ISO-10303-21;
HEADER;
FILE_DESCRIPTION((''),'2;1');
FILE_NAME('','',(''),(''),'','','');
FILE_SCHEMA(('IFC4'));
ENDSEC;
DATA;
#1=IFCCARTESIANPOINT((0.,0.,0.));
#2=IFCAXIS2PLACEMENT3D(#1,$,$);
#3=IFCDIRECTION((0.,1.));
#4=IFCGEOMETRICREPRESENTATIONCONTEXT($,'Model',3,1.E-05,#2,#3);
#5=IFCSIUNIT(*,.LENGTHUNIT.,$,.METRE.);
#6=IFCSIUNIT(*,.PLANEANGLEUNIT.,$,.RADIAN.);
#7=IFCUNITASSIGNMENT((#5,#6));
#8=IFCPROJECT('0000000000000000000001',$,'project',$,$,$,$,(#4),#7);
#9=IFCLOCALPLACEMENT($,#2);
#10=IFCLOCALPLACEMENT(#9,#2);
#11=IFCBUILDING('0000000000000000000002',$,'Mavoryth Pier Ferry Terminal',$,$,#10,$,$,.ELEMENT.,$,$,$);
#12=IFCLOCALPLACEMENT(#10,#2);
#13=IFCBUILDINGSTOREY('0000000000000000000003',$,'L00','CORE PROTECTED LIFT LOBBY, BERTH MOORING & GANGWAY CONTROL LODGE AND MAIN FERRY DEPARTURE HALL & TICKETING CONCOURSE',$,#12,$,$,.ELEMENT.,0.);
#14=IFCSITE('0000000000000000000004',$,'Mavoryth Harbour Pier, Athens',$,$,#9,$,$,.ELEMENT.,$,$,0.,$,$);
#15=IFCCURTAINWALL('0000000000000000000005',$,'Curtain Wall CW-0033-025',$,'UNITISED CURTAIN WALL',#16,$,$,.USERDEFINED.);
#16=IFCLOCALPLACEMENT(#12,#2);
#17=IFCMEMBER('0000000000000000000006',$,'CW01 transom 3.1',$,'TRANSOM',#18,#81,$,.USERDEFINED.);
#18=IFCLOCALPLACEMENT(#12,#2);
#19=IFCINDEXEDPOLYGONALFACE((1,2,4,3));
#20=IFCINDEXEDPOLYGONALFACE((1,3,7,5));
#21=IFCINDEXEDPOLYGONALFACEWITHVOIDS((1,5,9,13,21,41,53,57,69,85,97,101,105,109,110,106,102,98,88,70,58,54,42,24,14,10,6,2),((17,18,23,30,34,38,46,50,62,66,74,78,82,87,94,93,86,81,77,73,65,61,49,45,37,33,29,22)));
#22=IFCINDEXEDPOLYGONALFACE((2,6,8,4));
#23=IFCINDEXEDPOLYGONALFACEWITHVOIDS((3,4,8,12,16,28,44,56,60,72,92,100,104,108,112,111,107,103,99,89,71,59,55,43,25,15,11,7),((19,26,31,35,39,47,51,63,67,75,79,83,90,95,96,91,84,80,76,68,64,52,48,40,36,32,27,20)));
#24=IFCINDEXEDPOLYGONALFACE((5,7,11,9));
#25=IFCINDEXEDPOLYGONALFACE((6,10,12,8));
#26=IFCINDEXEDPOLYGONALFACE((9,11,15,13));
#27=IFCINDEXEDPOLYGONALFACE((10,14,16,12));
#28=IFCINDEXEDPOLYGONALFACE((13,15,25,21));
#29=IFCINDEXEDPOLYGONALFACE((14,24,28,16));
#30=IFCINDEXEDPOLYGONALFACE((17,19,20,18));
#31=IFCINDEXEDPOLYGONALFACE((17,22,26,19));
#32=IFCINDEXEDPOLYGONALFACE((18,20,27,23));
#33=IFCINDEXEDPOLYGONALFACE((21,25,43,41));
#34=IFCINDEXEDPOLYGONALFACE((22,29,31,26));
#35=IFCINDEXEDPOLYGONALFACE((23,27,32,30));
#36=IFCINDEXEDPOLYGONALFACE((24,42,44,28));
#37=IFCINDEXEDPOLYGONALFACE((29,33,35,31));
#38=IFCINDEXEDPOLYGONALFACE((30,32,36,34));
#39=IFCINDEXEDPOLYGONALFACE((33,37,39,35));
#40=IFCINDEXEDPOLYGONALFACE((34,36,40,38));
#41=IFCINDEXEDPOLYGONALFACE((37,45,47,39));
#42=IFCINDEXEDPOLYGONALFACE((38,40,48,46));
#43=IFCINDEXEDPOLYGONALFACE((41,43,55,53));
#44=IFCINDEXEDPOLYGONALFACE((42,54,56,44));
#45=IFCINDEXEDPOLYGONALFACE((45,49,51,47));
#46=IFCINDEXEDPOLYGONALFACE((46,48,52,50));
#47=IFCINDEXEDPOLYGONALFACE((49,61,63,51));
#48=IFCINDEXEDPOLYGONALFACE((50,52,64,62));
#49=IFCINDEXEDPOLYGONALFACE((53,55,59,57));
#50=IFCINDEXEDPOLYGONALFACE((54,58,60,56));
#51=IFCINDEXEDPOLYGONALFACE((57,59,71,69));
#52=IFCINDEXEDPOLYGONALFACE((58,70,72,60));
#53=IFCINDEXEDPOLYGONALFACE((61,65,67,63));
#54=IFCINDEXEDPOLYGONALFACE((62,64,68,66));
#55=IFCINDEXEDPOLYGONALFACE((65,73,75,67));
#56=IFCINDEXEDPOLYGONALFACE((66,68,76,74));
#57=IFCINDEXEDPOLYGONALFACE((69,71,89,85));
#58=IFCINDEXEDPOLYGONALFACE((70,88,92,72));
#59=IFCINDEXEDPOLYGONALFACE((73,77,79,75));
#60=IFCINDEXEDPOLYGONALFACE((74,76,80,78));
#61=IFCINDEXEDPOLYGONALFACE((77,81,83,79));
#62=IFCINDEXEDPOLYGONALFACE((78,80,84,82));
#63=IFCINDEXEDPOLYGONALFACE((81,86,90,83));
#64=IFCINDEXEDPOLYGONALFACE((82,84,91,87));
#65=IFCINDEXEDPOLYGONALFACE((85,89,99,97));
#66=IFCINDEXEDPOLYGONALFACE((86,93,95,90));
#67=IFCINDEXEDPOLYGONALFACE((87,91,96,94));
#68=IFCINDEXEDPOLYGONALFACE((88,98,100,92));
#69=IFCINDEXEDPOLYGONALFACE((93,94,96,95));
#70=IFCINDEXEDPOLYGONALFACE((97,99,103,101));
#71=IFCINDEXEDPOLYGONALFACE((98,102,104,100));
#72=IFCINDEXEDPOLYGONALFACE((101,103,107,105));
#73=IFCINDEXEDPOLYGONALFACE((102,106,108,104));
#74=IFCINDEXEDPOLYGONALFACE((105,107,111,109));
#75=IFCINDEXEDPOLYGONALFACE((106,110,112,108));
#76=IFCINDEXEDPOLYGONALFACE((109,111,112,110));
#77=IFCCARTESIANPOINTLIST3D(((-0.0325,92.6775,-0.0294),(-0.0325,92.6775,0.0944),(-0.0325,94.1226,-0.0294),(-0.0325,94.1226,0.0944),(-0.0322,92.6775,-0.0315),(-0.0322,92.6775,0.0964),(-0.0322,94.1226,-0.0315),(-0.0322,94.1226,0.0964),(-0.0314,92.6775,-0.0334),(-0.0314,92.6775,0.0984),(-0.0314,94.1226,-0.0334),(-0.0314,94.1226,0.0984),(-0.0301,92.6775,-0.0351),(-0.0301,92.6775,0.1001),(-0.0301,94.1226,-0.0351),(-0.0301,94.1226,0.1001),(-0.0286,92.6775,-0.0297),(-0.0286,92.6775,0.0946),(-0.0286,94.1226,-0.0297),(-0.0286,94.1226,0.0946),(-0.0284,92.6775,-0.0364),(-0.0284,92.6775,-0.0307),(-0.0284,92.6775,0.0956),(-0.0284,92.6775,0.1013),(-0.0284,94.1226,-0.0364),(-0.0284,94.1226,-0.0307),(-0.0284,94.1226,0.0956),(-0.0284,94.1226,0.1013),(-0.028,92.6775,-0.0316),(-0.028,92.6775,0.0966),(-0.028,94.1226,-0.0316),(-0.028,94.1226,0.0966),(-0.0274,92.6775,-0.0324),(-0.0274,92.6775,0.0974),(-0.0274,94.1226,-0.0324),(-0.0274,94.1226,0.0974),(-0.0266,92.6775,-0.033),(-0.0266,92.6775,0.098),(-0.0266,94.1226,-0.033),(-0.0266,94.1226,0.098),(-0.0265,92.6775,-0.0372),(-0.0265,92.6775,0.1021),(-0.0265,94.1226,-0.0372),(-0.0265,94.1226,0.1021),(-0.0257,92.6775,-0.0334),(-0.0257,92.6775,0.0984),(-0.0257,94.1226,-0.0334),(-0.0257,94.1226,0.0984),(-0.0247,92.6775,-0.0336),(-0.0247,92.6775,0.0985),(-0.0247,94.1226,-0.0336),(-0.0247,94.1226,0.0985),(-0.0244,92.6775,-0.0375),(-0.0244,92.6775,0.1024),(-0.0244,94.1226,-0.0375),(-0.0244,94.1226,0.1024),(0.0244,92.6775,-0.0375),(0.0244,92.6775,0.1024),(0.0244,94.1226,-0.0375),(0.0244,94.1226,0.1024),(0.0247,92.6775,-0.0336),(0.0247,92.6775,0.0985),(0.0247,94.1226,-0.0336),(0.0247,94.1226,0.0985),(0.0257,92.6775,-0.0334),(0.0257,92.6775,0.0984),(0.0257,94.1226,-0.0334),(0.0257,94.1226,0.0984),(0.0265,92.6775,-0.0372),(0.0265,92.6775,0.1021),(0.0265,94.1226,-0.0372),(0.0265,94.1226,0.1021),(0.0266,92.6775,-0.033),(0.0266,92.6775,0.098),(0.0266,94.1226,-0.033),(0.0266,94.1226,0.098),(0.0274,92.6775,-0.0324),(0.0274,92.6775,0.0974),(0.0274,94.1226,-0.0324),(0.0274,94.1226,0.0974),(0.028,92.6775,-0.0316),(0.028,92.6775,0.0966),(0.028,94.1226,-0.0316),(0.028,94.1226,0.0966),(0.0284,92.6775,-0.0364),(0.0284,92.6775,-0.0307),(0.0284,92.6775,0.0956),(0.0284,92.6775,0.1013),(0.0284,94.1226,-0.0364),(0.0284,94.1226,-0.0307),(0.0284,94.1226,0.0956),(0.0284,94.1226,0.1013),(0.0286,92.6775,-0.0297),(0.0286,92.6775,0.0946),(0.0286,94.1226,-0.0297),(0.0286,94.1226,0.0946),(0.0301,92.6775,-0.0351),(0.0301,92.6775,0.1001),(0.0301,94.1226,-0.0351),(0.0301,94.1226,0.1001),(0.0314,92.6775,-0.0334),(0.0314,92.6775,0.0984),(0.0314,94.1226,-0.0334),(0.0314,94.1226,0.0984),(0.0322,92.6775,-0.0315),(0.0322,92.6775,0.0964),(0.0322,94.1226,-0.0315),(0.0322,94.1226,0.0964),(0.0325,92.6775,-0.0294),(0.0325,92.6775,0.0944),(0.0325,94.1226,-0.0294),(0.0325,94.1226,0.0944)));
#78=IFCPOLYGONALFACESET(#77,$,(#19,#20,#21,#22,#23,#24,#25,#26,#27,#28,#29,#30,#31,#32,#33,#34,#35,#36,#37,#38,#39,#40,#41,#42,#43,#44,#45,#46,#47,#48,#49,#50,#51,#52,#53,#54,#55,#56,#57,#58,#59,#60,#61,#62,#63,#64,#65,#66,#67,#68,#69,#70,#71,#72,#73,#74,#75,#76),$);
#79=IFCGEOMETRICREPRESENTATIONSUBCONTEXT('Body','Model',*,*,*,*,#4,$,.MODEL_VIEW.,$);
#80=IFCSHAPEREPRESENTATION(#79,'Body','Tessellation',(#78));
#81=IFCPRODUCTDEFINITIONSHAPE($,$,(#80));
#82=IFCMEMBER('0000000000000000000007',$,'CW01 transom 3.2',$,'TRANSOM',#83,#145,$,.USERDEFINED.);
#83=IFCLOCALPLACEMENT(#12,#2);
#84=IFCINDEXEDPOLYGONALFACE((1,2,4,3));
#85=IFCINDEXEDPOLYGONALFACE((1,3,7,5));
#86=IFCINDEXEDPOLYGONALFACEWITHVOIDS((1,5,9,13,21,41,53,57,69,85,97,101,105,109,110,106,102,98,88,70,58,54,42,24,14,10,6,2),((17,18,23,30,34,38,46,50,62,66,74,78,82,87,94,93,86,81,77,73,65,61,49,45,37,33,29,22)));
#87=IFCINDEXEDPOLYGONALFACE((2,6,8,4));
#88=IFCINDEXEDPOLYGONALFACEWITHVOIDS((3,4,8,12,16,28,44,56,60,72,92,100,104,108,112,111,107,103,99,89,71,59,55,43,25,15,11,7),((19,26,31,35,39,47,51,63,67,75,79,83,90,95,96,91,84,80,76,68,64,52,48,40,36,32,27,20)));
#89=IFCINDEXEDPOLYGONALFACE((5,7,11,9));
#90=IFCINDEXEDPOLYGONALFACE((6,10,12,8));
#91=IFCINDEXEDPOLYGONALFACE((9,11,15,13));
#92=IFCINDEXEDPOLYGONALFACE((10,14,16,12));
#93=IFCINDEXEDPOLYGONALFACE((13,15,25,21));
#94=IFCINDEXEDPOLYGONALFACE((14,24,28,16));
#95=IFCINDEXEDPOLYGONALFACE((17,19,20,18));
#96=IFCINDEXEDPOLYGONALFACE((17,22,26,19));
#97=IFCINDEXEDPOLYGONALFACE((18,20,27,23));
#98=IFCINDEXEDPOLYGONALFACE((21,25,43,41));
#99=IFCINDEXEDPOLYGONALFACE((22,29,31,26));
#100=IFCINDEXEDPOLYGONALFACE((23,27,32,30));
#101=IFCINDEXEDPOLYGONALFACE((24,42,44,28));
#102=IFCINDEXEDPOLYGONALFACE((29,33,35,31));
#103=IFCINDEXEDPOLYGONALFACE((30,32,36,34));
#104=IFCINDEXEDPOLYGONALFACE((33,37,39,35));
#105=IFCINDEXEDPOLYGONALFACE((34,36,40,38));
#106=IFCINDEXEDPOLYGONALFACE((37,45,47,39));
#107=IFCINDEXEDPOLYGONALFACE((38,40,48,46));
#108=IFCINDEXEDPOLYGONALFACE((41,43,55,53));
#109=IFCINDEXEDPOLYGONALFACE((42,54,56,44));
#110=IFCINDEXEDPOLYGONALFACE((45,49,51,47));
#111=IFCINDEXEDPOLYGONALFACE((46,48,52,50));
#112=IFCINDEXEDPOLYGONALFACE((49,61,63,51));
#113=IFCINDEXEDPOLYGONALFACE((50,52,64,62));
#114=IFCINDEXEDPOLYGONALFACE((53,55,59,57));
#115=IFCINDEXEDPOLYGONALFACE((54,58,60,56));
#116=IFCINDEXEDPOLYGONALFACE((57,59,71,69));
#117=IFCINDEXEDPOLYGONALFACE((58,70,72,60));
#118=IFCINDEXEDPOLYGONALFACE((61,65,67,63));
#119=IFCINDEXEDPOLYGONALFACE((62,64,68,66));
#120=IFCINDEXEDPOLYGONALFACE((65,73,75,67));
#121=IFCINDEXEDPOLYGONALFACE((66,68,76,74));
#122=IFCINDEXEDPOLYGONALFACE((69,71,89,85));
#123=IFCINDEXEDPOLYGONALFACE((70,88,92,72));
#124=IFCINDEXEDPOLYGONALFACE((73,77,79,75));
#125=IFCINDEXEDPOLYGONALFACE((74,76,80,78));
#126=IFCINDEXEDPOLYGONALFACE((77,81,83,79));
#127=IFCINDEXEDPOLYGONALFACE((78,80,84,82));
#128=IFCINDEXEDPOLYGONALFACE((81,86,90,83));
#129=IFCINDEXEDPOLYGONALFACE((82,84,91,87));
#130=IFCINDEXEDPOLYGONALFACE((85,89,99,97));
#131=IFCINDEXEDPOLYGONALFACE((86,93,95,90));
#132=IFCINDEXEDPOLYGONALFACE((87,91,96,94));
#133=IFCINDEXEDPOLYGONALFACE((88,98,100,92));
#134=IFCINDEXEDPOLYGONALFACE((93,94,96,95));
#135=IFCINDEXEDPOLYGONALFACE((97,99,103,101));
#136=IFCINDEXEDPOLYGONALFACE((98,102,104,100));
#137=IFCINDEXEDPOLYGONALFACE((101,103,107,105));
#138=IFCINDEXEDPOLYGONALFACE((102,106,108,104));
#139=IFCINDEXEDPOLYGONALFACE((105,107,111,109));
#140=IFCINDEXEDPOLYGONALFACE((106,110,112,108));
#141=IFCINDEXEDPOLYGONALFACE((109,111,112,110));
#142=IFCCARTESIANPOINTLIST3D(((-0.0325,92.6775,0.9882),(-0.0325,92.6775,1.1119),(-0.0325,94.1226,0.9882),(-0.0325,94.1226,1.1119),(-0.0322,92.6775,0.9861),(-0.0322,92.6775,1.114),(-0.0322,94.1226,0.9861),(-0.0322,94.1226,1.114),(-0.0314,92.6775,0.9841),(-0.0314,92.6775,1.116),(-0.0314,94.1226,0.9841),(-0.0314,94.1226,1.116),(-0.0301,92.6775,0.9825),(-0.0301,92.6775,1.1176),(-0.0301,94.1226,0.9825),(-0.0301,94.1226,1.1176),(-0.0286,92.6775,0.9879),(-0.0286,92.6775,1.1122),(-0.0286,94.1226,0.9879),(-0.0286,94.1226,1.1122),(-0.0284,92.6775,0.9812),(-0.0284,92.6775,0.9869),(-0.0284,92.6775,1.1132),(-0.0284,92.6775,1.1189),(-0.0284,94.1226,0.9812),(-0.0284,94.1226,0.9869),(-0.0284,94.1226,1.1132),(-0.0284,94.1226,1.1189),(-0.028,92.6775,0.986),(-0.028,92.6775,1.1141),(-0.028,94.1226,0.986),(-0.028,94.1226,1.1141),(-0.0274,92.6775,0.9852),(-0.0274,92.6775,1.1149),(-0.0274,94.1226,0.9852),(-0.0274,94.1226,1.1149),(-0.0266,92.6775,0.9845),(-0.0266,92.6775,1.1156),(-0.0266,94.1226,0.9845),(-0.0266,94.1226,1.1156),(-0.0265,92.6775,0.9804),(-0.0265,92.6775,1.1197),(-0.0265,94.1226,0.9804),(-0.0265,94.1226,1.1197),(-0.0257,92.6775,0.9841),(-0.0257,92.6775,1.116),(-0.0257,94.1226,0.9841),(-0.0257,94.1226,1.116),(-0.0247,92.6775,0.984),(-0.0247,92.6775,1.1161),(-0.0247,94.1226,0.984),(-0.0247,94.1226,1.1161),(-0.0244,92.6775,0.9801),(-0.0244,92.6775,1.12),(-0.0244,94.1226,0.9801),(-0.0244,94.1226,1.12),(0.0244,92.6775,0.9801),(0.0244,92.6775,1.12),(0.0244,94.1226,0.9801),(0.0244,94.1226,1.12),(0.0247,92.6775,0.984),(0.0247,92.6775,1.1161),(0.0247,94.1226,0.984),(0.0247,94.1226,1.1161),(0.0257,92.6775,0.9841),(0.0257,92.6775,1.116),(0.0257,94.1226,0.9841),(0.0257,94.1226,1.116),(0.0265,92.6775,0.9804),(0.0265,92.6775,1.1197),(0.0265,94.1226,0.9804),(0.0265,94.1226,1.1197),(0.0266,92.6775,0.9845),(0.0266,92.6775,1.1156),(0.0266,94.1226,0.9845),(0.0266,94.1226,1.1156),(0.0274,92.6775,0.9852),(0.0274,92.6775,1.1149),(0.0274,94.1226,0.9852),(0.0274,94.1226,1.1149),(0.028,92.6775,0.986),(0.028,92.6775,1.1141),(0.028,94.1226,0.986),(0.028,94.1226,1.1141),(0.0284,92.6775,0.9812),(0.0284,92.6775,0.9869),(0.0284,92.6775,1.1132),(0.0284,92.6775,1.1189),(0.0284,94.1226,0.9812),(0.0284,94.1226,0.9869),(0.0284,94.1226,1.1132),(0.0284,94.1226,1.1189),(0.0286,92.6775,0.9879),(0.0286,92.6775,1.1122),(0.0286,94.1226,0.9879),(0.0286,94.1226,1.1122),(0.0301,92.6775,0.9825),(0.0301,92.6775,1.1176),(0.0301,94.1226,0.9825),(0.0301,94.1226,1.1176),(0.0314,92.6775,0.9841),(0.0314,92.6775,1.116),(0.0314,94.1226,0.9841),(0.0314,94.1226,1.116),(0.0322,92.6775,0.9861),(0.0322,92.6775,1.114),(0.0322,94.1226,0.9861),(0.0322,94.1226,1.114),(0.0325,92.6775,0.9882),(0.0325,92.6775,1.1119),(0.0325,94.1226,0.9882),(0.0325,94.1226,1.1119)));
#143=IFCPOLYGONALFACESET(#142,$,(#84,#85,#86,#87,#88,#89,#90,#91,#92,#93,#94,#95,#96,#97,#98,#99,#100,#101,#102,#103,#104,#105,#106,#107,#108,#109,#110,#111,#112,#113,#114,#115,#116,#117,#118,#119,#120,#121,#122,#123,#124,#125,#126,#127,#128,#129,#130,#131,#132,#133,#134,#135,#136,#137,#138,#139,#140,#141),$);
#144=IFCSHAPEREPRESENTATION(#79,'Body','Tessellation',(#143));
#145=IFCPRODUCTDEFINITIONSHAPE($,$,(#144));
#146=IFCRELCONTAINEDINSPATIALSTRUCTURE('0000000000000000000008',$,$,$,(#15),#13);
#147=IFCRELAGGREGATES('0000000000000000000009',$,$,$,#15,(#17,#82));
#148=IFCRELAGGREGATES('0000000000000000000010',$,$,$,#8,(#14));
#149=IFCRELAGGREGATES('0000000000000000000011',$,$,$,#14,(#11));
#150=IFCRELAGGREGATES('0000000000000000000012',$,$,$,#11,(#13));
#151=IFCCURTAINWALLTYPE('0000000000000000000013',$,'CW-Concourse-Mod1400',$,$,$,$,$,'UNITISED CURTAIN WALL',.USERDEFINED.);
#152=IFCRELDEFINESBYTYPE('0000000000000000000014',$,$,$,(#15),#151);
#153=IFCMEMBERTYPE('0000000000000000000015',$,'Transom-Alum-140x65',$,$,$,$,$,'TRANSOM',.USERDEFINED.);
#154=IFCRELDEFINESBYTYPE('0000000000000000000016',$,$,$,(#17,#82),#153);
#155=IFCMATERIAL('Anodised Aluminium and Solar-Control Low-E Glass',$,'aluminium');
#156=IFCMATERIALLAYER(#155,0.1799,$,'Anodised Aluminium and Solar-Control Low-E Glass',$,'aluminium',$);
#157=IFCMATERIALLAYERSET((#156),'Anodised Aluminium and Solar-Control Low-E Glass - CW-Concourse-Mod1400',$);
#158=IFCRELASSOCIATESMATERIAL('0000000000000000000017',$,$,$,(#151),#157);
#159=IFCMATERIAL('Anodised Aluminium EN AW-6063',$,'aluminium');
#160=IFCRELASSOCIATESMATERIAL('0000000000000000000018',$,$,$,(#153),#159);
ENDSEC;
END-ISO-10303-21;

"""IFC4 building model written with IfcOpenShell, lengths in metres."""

from ifc_helpers import new_model, si_unit, direction, frame, origin, origin_2d, place, context, subcontext, project, spatial, hollow_rectangle, extrude, material, layer, layer_set, material_profile, profile_set, type_object, element, aggregate, save


model = new_model("IFC4")

# Units and contexts
model_context = context("Model", 3, precision=1e-05, world=origin(), true_north=direction((0.0, 1.0)))
body_context = subcontext(model_context, "Body", "Model", "MODEL_VIEW")
ifc_project = project(units=[si_unit("LENGTHUNIT", "METRE"), si_unit("PLANEANGLEUNIT", "RADIAN")], contexts=[model_context])

# Site, building, storey
site_placement = place(None, origin())
site = spatial("IfcSite", under=ifc_project, at=site_placement, Name="Mavoryth Harbour Pier, Athens", CompositionType="ELEMENT", RefElevation=0.0)
building_placement = place(site_placement, origin())
building = spatial("IfcBuilding", under=site, at=building_placement, Name="Mavoryth Pier Ferry Terminal", CompositionType="ELEMENT")
storey_placement = place(building_placement, origin())
storey = spatial("IfcBuildingStorey", under=building, at=storey_placement, Name="L00", Description="CORE PROTECTED LIFT LOBBY, BERTH MOORING & GANGWAY CONTROL LODGE AND MAIN FERRY DEPARTURE HALL & TICKETING CONCOURSE", CompositionType="ELEMENT", Elevation=0.0)

# Curtain wall, members
ifc_material_1 = material(Name="Anodised Aluminium and Solar-Control Low-E Glass", Category="aluminium")
ifc_layer_1 = layer(ifc_material_1, 0.1799, Name="Anodised Aluminium and Solar-Control Low-E Glass", Category="aluminium")
ifc_layer_set_1 = layer_set([ifc_layer_1], Name="Anodised Aluminium and Solar-Control Low-E Glass - CW-Concourse-Mod1400")
curtain_wall_type = type_object("IfcCurtainWallType", Name="CW-Concourse-Mod1400", ElementType="UNITISED CURTAIN WALL", PredefinedType="USERDEFINED", material=ifc_layer_set_1)
curtain_wall_placement = place(storey_placement, origin())
curtain_wall = element("IfcCurtainWall", 1, at=curtain_wall_placement, inside=storey, type_object=curtain_wall_type, Name="Curtain Wall CW-0033-025", ObjectType="UNITISED CURTAIN WALL", PredefinedType="USERDEFINED")
ifc_material_2 = material(Name="Anodised Aluminium EN AW-6063", Category="aluminium")
ifc_material_profile_1 = material_profile(ifc_material_2, hollow_rectangle(XDim=0.0649, YDim=0.1399, WallThickness=0.0039, InnerFilletRadius=0.0039, OuterFilletRadius=0.0081, at=origin_2d()), Name="AL-TRAN 140x65x4", Category="aluminium")
ifc_profile_set_1 = profile_set([ifc_material_profile_1], Name="Anodised Aluminium EN AW-6063 - AL-TRAN 140x65x4")
member_type_1 = type_object("IfcMemberType", Name="Transom-Alum-140x65", ElementType="TRANSOM", PredefinedType="USERDEFINED", material=ifc_profile_set_1)
member_1_placement = place(storey_placement, frame((0.0, 94.1226, 0.0325), z_axis=(0.0, -1.0, 0.0), x_axis=(1.0, 0.0, 0.0)))
member_1 = element("IfcMember", 2, at=member_1_placement, type_object=member_type_1, Name="CW01 transom 3.1", ObjectType="TRANSOM", PredefinedType="USERDEFINED", context=body_context, shape_type="SweptSolid", body=[
    extrude(hollow_rectangle(XDim=0.0649, YDim=0.1399, WallThickness=0.0039, InnerFilletRadius=0.0039, OuterFilletRadius=0.0081, at=origin_2d()), origin(), (0.0, 0.0, 1.0), 1.4451),
])
member_2_placement = place(storey_placement, frame((0.0, 94.1226, 1.05), z_axis=(0.0, -1.0, 0.0), x_axis=(1.0, 0.0, 0.0)))
member_2 = element("IfcMember", 3, at=member_2_placement, type_object=member_type_1, Name="CW01 transom 3.2", ObjectType="TRANSOM", PredefinedType="USERDEFINED", context=body_context, shape_type="SweptSolid", body=[
    extrude(hollow_rectangle(XDim=0.0649, YDim=0.1399, WallThickness=0.0039, InnerFilletRadius=0.0039, OuterFilletRadius=0.0081, at=origin_2d()), origin(), (0.0, 0.0, 1.0), 1.4451),
])
aggregate(curtain_wall, [member_1, member_2])

save(model, "model.ifc")
